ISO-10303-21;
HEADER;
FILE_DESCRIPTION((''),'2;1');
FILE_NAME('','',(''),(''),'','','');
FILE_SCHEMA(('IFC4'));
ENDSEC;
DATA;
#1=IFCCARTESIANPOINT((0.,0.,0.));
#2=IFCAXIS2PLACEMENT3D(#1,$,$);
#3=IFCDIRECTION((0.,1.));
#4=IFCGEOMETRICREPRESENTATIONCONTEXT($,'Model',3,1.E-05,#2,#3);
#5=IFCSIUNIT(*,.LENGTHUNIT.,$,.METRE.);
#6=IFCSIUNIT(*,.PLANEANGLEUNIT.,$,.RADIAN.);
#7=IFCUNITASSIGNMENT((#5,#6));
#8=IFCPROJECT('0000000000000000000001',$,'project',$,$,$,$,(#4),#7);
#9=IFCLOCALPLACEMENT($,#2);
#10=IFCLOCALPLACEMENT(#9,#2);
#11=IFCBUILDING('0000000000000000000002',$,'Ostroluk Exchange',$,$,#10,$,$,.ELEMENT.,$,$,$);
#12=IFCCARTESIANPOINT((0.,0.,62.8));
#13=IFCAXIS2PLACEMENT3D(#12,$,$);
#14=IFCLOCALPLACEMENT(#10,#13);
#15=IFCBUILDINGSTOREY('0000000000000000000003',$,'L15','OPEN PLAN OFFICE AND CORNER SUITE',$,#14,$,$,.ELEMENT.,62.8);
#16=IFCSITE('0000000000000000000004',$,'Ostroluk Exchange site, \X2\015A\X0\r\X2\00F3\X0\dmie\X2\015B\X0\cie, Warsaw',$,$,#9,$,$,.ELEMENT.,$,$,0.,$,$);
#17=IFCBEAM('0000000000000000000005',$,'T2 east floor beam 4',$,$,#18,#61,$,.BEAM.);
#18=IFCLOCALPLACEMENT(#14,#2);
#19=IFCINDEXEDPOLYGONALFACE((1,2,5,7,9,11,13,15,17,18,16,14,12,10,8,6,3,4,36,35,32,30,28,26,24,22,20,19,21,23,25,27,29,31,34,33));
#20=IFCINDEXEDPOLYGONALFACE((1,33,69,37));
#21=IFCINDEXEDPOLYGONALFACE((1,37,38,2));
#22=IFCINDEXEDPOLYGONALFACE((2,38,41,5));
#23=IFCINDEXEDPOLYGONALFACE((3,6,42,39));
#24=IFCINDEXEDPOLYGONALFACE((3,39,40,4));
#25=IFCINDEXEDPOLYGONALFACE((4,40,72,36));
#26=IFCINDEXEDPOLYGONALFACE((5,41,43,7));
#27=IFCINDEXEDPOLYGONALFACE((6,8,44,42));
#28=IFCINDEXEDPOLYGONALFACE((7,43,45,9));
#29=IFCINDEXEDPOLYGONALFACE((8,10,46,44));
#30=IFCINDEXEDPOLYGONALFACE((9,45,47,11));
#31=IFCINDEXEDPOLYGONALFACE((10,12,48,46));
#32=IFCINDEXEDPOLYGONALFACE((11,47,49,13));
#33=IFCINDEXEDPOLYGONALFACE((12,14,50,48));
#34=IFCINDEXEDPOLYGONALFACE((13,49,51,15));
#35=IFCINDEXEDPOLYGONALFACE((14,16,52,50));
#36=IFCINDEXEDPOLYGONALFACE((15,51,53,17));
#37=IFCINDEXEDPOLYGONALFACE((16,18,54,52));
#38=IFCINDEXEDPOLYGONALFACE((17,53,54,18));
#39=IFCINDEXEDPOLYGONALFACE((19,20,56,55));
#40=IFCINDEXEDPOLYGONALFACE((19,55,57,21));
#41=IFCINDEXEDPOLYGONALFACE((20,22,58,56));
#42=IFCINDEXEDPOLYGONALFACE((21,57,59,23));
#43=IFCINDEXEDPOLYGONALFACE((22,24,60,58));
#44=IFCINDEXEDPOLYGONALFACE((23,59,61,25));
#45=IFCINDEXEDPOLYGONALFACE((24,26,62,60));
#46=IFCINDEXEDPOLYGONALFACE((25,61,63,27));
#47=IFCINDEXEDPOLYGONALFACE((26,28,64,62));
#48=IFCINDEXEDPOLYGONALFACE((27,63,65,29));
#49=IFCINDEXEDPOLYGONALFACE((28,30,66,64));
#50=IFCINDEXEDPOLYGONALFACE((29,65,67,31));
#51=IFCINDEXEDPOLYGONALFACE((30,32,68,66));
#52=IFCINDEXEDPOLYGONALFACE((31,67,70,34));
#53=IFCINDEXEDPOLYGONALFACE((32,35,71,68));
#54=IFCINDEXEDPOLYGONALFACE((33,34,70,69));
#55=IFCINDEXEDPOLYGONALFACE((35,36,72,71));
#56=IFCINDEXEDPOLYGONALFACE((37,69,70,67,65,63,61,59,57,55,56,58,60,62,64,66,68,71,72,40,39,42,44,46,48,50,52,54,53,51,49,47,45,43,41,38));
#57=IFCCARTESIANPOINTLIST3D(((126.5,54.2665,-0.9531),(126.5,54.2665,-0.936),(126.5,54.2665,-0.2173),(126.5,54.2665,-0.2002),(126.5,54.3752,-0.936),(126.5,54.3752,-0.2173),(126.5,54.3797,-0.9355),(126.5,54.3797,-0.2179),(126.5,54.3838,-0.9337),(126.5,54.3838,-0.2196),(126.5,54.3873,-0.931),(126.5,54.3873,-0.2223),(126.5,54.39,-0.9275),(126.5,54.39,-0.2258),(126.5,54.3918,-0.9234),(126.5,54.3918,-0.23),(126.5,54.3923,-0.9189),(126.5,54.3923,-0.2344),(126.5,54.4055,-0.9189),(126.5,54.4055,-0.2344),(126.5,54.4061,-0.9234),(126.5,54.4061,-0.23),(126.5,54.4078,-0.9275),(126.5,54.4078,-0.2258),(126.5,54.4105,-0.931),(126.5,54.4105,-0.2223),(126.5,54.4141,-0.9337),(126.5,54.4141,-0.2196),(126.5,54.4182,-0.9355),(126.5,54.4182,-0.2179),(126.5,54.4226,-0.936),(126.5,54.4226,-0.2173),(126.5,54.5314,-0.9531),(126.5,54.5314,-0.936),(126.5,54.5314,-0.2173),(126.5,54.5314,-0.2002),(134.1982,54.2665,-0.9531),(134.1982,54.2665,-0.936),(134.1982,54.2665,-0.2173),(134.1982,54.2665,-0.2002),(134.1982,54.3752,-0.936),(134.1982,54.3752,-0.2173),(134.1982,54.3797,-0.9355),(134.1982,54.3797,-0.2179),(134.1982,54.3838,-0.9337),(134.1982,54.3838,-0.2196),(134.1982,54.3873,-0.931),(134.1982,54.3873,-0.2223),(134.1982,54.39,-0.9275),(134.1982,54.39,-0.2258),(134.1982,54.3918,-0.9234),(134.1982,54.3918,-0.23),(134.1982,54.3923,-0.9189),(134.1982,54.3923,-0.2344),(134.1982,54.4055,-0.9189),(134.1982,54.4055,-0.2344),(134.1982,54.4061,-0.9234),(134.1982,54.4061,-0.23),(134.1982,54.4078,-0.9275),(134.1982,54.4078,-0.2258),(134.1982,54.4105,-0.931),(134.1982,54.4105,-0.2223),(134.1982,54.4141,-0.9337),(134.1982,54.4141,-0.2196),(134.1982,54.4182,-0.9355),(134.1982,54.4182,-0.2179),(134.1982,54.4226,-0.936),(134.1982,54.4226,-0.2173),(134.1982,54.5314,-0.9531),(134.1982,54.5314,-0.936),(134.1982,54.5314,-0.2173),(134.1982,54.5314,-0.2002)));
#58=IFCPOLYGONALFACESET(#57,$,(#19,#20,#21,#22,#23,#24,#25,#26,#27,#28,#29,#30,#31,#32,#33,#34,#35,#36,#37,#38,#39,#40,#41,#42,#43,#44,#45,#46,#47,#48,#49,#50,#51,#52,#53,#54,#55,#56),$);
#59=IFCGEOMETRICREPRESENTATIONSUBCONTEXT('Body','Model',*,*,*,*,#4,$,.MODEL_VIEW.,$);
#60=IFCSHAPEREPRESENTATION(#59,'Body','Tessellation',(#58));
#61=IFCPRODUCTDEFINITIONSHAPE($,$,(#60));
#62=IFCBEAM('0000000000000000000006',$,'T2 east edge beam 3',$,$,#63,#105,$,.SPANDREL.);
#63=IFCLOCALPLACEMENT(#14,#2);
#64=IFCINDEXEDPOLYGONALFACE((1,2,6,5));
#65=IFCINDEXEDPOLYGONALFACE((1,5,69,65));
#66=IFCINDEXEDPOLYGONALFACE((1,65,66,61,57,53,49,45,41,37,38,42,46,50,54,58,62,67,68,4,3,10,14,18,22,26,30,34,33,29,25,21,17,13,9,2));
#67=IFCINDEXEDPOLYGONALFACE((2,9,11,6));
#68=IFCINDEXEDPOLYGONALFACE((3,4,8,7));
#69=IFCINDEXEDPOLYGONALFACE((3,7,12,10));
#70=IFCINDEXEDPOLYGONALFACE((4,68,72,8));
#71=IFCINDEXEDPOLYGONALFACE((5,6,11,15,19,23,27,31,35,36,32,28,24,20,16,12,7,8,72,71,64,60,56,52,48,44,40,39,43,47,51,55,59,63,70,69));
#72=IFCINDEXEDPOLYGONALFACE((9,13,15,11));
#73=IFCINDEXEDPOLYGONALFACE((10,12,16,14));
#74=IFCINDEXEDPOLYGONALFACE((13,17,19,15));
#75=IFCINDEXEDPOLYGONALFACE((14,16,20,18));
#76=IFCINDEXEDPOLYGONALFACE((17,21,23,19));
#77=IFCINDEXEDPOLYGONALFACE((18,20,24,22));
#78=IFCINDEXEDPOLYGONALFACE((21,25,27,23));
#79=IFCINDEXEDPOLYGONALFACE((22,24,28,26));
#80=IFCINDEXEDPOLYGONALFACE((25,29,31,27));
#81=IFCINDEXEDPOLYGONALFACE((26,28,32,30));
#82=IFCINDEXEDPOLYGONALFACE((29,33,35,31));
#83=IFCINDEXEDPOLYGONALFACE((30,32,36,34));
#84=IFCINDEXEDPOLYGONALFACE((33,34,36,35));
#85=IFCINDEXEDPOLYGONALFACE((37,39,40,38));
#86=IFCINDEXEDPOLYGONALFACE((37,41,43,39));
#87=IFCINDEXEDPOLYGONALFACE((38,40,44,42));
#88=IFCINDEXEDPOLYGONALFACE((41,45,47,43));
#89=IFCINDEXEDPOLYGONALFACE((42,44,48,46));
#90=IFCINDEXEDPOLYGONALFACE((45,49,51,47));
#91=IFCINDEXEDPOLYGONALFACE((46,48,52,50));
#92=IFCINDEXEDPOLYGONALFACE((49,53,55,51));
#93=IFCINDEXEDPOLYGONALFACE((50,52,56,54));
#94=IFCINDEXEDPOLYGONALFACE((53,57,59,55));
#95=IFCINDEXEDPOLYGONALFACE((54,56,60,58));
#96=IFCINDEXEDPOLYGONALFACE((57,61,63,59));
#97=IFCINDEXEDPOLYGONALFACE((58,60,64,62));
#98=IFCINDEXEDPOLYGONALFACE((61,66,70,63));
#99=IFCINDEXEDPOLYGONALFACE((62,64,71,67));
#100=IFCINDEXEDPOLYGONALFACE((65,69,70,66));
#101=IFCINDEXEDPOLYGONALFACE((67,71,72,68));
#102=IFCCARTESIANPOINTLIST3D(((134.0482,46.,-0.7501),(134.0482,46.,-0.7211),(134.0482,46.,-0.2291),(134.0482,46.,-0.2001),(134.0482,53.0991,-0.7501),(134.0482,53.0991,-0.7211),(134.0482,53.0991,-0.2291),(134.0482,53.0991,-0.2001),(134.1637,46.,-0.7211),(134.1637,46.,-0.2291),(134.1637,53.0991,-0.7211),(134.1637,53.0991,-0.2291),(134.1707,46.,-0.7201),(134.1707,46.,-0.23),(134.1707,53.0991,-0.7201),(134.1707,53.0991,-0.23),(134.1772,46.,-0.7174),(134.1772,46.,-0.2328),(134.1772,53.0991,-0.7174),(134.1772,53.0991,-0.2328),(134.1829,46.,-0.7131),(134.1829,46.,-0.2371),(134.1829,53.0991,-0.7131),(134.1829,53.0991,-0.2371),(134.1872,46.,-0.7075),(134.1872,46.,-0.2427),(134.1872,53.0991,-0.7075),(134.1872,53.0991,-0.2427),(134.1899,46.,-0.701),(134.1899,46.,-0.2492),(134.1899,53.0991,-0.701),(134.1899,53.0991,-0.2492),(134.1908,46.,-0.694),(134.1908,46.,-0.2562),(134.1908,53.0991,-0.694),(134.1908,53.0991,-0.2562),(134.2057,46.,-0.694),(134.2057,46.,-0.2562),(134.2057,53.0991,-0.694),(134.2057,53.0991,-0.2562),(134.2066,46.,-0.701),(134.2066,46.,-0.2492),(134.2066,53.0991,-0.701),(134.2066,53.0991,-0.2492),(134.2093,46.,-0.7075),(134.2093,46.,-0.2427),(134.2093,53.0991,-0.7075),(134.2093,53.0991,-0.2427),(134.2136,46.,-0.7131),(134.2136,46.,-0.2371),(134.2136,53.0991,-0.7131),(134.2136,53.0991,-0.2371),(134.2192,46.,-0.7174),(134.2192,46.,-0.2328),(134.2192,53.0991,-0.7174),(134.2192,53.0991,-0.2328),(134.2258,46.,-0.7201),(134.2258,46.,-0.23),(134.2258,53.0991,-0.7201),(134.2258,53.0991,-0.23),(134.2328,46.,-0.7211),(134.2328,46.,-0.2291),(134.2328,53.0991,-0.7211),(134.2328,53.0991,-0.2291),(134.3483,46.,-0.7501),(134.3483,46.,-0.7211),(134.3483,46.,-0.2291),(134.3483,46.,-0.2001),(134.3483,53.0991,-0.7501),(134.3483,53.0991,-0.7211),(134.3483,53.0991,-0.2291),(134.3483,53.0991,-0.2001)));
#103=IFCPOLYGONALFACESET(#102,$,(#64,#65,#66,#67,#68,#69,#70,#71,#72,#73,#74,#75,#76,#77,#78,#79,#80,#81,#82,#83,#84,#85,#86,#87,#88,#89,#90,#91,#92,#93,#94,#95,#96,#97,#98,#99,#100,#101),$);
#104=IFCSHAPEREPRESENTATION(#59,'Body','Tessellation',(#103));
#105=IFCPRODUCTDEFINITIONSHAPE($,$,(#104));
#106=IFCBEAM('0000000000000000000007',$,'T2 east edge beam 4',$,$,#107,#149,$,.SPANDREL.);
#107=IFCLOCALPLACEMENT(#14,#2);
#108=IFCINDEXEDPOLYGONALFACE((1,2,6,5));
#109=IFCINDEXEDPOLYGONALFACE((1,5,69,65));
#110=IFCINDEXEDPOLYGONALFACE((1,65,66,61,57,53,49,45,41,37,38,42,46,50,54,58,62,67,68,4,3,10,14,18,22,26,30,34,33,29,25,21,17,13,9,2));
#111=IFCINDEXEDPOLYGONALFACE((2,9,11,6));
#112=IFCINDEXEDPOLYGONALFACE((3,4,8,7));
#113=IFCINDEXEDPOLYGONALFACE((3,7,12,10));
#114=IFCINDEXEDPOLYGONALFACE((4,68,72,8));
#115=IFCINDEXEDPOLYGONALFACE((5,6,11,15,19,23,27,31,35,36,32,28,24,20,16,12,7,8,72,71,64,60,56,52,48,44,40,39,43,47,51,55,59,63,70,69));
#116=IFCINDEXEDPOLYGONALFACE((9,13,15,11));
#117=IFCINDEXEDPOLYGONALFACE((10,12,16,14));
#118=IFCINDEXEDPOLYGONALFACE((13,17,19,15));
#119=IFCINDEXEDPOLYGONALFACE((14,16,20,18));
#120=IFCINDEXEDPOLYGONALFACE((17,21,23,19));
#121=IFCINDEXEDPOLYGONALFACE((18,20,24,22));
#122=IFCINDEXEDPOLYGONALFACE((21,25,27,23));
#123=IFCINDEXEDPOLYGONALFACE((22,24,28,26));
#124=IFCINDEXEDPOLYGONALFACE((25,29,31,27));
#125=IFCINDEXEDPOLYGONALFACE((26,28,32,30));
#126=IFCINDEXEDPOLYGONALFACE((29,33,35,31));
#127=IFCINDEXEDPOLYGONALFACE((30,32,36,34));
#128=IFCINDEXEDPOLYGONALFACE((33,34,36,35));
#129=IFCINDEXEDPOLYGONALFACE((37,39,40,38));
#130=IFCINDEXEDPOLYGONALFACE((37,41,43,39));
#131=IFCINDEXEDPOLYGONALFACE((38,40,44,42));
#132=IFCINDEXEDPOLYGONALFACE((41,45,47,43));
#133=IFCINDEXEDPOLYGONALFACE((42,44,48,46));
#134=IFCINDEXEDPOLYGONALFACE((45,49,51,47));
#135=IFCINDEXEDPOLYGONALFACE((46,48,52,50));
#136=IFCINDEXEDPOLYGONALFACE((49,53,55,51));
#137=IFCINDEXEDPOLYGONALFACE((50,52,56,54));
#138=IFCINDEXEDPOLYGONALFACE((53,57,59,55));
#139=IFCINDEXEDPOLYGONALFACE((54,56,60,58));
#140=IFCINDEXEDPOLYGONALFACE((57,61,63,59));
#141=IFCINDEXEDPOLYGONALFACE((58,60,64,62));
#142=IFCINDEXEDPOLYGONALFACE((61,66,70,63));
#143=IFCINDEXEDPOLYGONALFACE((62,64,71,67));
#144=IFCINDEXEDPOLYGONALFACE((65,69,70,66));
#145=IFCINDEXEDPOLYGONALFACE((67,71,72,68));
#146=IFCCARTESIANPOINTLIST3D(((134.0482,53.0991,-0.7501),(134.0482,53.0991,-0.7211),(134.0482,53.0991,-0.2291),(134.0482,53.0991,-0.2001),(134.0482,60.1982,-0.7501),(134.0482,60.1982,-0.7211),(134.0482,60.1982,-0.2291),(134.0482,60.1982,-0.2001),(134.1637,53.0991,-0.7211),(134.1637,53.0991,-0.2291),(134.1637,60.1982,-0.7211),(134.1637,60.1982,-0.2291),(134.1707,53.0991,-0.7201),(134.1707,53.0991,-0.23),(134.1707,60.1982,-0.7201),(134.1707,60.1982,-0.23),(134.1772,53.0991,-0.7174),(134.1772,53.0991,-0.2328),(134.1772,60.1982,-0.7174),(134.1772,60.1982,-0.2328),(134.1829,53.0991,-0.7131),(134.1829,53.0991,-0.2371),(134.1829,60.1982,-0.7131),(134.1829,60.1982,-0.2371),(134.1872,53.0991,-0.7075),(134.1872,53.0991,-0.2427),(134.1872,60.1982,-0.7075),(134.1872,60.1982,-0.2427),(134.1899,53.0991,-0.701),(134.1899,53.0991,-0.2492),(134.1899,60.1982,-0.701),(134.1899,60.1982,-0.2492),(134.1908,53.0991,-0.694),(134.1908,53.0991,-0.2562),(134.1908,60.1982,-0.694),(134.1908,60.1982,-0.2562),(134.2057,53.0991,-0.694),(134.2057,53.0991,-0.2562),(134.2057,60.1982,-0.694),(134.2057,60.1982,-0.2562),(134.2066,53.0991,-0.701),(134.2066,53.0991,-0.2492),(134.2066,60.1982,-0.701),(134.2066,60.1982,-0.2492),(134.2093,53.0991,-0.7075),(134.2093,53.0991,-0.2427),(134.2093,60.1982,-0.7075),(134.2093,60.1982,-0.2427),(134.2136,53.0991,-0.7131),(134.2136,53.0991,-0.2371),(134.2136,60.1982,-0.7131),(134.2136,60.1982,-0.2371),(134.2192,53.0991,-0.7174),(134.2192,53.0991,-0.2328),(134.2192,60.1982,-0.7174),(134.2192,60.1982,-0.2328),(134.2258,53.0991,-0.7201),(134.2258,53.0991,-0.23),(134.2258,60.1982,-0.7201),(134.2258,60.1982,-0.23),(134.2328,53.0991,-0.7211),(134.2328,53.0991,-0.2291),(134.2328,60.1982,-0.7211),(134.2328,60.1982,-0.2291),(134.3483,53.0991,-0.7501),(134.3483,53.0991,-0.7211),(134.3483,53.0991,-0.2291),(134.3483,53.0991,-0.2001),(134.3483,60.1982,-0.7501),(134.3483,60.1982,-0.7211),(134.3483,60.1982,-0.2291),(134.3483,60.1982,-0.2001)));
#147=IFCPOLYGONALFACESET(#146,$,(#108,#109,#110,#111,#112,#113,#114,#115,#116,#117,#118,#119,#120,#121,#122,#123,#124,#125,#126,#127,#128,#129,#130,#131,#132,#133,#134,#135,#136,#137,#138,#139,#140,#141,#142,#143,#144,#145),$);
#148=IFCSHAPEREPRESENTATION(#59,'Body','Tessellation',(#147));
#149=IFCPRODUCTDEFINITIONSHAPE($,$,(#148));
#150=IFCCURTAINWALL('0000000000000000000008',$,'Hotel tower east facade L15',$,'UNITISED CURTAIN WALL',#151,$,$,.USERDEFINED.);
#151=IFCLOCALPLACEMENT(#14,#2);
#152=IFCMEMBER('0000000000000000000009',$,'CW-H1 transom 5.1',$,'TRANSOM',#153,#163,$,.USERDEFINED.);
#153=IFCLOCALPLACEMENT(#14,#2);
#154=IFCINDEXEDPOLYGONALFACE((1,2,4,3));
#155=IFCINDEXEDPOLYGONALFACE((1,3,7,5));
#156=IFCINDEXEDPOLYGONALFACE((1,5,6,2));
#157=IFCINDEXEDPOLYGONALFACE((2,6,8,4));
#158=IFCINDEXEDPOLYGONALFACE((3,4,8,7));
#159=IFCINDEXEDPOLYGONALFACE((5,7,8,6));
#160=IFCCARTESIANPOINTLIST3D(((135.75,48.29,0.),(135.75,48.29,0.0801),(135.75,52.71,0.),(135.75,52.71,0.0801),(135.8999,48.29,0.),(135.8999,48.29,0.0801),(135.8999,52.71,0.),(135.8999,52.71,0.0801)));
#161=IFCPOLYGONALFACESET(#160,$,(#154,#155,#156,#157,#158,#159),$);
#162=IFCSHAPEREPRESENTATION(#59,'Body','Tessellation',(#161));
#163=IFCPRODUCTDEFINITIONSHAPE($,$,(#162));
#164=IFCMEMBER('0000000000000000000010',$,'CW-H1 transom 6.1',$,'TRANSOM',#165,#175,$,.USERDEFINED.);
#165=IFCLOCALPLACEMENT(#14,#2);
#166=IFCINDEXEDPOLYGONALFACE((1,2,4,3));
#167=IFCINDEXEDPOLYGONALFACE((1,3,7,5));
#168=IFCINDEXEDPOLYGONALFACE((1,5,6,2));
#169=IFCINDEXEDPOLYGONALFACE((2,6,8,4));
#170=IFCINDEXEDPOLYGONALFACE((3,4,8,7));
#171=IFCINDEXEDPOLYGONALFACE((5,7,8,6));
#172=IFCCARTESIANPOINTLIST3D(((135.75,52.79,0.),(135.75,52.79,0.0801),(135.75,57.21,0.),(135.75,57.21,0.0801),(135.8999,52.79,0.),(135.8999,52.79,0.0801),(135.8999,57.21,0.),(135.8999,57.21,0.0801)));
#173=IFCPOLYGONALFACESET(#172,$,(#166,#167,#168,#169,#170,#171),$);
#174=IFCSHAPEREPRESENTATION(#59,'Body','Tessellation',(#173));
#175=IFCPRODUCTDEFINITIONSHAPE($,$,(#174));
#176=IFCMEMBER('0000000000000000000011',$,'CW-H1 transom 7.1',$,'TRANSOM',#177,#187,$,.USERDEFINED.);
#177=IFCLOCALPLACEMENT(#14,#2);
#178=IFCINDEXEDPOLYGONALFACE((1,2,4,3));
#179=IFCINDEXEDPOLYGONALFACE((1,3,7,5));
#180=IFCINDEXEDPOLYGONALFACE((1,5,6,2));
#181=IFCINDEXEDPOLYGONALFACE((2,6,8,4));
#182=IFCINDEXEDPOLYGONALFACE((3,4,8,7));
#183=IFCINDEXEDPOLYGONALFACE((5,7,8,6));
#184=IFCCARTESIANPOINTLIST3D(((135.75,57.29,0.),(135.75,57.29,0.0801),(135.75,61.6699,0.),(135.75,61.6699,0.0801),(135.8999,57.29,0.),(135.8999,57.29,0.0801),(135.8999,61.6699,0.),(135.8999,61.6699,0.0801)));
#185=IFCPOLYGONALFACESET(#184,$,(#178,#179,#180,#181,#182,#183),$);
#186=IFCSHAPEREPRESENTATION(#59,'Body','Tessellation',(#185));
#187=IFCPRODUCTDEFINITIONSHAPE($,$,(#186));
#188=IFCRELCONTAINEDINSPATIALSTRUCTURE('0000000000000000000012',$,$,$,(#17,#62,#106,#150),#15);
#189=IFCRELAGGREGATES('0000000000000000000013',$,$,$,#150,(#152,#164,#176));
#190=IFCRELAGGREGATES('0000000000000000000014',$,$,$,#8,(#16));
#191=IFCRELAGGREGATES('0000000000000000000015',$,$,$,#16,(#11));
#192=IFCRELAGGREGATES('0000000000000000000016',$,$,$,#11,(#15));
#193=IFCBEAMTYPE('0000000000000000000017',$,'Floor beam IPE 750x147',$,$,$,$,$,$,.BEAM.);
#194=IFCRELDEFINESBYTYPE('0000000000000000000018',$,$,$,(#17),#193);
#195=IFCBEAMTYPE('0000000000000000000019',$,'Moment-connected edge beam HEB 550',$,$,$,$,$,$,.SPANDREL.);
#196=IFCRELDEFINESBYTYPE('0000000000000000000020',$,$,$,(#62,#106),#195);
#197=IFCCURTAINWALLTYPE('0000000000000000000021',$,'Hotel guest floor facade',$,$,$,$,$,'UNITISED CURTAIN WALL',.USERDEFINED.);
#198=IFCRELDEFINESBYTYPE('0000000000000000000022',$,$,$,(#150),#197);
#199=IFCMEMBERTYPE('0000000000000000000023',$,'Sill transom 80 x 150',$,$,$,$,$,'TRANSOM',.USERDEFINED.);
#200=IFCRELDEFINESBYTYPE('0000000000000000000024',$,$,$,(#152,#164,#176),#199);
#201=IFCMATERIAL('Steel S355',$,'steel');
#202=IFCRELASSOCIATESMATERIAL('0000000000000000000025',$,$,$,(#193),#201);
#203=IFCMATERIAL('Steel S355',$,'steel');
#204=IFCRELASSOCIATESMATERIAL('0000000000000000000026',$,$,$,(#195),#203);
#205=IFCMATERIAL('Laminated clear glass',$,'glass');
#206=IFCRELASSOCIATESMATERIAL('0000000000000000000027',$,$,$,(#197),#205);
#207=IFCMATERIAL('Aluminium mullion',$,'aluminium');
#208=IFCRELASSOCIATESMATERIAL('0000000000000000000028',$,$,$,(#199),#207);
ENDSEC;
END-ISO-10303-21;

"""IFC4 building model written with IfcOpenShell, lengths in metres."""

from ifc_helpers import new_model, si_unit, direction, frame, origin, origin_2d, place, context, subcontext, project, spatial, rectangle, i_section, extrude, material, material_profile, profile_set, type_object, element, aggregate, save


model = new_model("IFC4")

# Units and contexts
model_context = context("Model", 3, precision=1e-05, world=origin(), true_north=direction((0.0, 1.0)))
body_context = subcontext(model_context, "Body", "Model", "MODEL_VIEW")
ifc_project = project(units=[si_unit("LENGTHUNIT", "METRE"), si_unit("PLANEANGLEUNIT", "RADIAN")], contexts=[model_context])

# Site, building, storey
site_placement = place(None, origin())
site = spatial("IfcSite", under=ifc_project, at=site_placement, Name="Ostroluk Exchange site, Śródmieście, Warsaw", CompositionType="ELEMENT", RefElevation=0.0)
building_placement = place(site_placement, origin())
building = spatial("IfcBuilding", under=site, at=building_placement, Name="Ostroluk Exchange", CompositionType="ELEMENT")
storey_placement = place(building_placement, frame((0.0, 0.0, 62.8)))
storey = spatial("IfcBuildingStorey", under=building, at=storey_placement, Name="L15", Description="OPEN PLAN OFFICE AND CORNER SUITE", CompositionType="ELEMENT", Elevation=62.8)

# Beams
ifc_material_1 = material(Name="Steel S355", Category="steel")
ifc_material_profile_1 = material_profile(ifc_material_1, i_section(OverallWidth=0.2649, OverallDepth=0.7529, WebThickness=0.0132, FlangeThickness=0.0171, FilletRadius=0.0171, at=origin_2d()), Name="IPE 750x147")
ifc_profile_set_1 = profile_set([ifc_material_profile_1], Name="Steel S355")
beam_type_1 = type_object("IfcBeamType", Name="Floor beam IPE 750x147", PredefinedType="BEAM", material=ifc_profile_set_1)
beam_placement = place(storey_placement, frame((126.5, 54.3989, -0.5767), z_axis=(1.0, 0.0, 0.0), x_axis=(0.0, 1.0, 0.0)))
element("IfcBeam", 1, at=beam_placement, inside=storey, type_object=beam_type_1, Name="T2 east floor beam 4", PredefinedType="BEAM", context=body_context, shape_type="SweptSolid", body=[
    extrude(i_section(OverallWidth=0.2649, OverallDepth=0.7529, WebThickness=0.0132, FlangeThickness=0.0171, FilletRadius=0.0171, at=origin_2d()), origin(), (0.0, 0.0, 1.0), 7.6982),
])
ifc_material_2 = material(Name="Steel S355", Category="steel")
ifc_material_profile_2 = material_profile(ifc_material_2, i_section(OverallWidth=0.3, OverallDepth=0.55, WebThickness=0.0149, FlangeThickness=0.0291, FilletRadius=0.0271, at=origin_2d()), Name="HEB 550")
ifc_profile_set_2 = profile_set([ifc_material_profile_2], Name="Steel S355")
beam_type_2 = type_object("IfcBeamType", Name="Moment-connected edge beam HEB 550", PredefinedType="SPANDREL", material=ifc_profile_set_2)
for number, where, z_axis, x_axis, name in (
    (2, (134.1982, 46.0, -0.4751), (0.0, 1.0, 0.0), (-1.0, 0.0, 0.0), "T2 east edge beam 3"),
    (3, (134.1982, 53.0991, -0.4751), (0.0, 1.0, 0.0), (-1.0, 0.0, 0.0), "T2 east edge beam 4"),
):
    element("IfcBeam", number, at=place(storey_placement, frame(where, z_axis=z_axis, x_axis=x_axis)), inside=storey, type_object=beam_type_2, Name=name, PredefinedType="SPANDREL", context=body_context, shape_type="SweptSolid", body=[
        extrude(i_section(OverallWidth=0.3, OverallDepth=0.55, WebThickness=0.0149, FlangeThickness=0.0291, FilletRadius=0.0271, at=origin_2d()), origin(), (0.0, 0.0, 1.0), 7.0991),
    ])

# Curtain wall, members
ifc_material_3 = material(Name="Laminated clear glass", Category="glass")
curtain_wall_type = type_object("IfcCurtainWallType", Name="Hotel guest floor facade", ElementType="UNITISED CURTAIN WALL", PredefinedType="USERDEFINED", material=ifc_material_3)
curtain_wall_placement = place(storey_placement, origin())
curtain_wall = element("IfcCurtainWall", 4, at=curtain_wall_placement, inside=storey, type_object=curtain_wall_type, Name="Hotel tower east facade L15", ObjectType="UNITISED CURTAIN WALL", PredefinedType="USERDEFINED")
ifc_material_4 = material(Name="Aluminium mullion", Category="aluminium")
ifc_material_profile_3 = material_profile(ifc_material_4, rectangle(XDim=0.1499, YDim=0.0801, at=origin_2d()), Name="Sill transom 80 x 150")
ifc_profile_set_3 = profile_set([ifc_material_profile_3], Name="Aluminium mullion")
member_type_1 = type_object("IfcMemberType", Name="Sill transom 80 x 150", ElementType="TRANSOM", PredefinedType="USERDEFINED", material=ifc_profile_set_3)
member_1_placement = place(storey_placement, frame((135.825, 48.29, 0.04), z_axis=(0.0, 1.0, 0.0), x_axis=(-1.0, 0.0, 0.0)))
member_1 = element("IfcMember", 5, at=member_1_placement, type_object=member_type_1, Name="CW-H1 transom 5.1", ObjectType="TRANSOM", PredefinedType="USERDEFINED", context=body_context, shape_type="SweptSolid", body=[
    extrude(rectangle(XDim=0.1499, YDim=0.0801, at=origin_2d()), origin(), (0.0, 0.0, 1.0), 4.4199),
])
member_2_placement = place(storey_placement, frame((135.825, 52.79, 0.04), z_axis=(0.0, 1.0, 0.0), x_axis=(-1.0, 0.0, 0.0)))
member_2 = element("IfcMember", 6, at=member_2_placement, type_object=member_type_1, Name="CW-H1 transom 6.1", ObjectType="TRANSOM", PredefinedType="USERDEFINED", context=body_context, shape_type="SweptSolid", body=[
    extrude(rectangle(XDim=0.1499, YDim=0.0801, at=origin_2d()), origin(), (0.0, 0.0, 1.0), 4.4199),
])
member_3_placement = place(storey_placement, frame((135.825, 57.29, 0.04), z_axis=(0.0, 1.0, 0.0), x_axis=(-1.0, 0.0, 0.0)))
member_3 = element("IfcMember", 7, at=member_3_placement, type_object=member_type_1, Name="CW-H1 transom 7.1", ObjectType="TRANSOM", PredefinedType="USERDEFINED", context=body_context, shape_type="SweptSolid", body=[
    extrude(rectangle(XDim=0.1499, YDim=0.0801, at=origin_2d()), origin(), (0.0, 0.0, 1.0), 4.3799),
])
aggregate(curtain_wall, [member_1, member_2, member_3])

save(model, "model.ifc")
